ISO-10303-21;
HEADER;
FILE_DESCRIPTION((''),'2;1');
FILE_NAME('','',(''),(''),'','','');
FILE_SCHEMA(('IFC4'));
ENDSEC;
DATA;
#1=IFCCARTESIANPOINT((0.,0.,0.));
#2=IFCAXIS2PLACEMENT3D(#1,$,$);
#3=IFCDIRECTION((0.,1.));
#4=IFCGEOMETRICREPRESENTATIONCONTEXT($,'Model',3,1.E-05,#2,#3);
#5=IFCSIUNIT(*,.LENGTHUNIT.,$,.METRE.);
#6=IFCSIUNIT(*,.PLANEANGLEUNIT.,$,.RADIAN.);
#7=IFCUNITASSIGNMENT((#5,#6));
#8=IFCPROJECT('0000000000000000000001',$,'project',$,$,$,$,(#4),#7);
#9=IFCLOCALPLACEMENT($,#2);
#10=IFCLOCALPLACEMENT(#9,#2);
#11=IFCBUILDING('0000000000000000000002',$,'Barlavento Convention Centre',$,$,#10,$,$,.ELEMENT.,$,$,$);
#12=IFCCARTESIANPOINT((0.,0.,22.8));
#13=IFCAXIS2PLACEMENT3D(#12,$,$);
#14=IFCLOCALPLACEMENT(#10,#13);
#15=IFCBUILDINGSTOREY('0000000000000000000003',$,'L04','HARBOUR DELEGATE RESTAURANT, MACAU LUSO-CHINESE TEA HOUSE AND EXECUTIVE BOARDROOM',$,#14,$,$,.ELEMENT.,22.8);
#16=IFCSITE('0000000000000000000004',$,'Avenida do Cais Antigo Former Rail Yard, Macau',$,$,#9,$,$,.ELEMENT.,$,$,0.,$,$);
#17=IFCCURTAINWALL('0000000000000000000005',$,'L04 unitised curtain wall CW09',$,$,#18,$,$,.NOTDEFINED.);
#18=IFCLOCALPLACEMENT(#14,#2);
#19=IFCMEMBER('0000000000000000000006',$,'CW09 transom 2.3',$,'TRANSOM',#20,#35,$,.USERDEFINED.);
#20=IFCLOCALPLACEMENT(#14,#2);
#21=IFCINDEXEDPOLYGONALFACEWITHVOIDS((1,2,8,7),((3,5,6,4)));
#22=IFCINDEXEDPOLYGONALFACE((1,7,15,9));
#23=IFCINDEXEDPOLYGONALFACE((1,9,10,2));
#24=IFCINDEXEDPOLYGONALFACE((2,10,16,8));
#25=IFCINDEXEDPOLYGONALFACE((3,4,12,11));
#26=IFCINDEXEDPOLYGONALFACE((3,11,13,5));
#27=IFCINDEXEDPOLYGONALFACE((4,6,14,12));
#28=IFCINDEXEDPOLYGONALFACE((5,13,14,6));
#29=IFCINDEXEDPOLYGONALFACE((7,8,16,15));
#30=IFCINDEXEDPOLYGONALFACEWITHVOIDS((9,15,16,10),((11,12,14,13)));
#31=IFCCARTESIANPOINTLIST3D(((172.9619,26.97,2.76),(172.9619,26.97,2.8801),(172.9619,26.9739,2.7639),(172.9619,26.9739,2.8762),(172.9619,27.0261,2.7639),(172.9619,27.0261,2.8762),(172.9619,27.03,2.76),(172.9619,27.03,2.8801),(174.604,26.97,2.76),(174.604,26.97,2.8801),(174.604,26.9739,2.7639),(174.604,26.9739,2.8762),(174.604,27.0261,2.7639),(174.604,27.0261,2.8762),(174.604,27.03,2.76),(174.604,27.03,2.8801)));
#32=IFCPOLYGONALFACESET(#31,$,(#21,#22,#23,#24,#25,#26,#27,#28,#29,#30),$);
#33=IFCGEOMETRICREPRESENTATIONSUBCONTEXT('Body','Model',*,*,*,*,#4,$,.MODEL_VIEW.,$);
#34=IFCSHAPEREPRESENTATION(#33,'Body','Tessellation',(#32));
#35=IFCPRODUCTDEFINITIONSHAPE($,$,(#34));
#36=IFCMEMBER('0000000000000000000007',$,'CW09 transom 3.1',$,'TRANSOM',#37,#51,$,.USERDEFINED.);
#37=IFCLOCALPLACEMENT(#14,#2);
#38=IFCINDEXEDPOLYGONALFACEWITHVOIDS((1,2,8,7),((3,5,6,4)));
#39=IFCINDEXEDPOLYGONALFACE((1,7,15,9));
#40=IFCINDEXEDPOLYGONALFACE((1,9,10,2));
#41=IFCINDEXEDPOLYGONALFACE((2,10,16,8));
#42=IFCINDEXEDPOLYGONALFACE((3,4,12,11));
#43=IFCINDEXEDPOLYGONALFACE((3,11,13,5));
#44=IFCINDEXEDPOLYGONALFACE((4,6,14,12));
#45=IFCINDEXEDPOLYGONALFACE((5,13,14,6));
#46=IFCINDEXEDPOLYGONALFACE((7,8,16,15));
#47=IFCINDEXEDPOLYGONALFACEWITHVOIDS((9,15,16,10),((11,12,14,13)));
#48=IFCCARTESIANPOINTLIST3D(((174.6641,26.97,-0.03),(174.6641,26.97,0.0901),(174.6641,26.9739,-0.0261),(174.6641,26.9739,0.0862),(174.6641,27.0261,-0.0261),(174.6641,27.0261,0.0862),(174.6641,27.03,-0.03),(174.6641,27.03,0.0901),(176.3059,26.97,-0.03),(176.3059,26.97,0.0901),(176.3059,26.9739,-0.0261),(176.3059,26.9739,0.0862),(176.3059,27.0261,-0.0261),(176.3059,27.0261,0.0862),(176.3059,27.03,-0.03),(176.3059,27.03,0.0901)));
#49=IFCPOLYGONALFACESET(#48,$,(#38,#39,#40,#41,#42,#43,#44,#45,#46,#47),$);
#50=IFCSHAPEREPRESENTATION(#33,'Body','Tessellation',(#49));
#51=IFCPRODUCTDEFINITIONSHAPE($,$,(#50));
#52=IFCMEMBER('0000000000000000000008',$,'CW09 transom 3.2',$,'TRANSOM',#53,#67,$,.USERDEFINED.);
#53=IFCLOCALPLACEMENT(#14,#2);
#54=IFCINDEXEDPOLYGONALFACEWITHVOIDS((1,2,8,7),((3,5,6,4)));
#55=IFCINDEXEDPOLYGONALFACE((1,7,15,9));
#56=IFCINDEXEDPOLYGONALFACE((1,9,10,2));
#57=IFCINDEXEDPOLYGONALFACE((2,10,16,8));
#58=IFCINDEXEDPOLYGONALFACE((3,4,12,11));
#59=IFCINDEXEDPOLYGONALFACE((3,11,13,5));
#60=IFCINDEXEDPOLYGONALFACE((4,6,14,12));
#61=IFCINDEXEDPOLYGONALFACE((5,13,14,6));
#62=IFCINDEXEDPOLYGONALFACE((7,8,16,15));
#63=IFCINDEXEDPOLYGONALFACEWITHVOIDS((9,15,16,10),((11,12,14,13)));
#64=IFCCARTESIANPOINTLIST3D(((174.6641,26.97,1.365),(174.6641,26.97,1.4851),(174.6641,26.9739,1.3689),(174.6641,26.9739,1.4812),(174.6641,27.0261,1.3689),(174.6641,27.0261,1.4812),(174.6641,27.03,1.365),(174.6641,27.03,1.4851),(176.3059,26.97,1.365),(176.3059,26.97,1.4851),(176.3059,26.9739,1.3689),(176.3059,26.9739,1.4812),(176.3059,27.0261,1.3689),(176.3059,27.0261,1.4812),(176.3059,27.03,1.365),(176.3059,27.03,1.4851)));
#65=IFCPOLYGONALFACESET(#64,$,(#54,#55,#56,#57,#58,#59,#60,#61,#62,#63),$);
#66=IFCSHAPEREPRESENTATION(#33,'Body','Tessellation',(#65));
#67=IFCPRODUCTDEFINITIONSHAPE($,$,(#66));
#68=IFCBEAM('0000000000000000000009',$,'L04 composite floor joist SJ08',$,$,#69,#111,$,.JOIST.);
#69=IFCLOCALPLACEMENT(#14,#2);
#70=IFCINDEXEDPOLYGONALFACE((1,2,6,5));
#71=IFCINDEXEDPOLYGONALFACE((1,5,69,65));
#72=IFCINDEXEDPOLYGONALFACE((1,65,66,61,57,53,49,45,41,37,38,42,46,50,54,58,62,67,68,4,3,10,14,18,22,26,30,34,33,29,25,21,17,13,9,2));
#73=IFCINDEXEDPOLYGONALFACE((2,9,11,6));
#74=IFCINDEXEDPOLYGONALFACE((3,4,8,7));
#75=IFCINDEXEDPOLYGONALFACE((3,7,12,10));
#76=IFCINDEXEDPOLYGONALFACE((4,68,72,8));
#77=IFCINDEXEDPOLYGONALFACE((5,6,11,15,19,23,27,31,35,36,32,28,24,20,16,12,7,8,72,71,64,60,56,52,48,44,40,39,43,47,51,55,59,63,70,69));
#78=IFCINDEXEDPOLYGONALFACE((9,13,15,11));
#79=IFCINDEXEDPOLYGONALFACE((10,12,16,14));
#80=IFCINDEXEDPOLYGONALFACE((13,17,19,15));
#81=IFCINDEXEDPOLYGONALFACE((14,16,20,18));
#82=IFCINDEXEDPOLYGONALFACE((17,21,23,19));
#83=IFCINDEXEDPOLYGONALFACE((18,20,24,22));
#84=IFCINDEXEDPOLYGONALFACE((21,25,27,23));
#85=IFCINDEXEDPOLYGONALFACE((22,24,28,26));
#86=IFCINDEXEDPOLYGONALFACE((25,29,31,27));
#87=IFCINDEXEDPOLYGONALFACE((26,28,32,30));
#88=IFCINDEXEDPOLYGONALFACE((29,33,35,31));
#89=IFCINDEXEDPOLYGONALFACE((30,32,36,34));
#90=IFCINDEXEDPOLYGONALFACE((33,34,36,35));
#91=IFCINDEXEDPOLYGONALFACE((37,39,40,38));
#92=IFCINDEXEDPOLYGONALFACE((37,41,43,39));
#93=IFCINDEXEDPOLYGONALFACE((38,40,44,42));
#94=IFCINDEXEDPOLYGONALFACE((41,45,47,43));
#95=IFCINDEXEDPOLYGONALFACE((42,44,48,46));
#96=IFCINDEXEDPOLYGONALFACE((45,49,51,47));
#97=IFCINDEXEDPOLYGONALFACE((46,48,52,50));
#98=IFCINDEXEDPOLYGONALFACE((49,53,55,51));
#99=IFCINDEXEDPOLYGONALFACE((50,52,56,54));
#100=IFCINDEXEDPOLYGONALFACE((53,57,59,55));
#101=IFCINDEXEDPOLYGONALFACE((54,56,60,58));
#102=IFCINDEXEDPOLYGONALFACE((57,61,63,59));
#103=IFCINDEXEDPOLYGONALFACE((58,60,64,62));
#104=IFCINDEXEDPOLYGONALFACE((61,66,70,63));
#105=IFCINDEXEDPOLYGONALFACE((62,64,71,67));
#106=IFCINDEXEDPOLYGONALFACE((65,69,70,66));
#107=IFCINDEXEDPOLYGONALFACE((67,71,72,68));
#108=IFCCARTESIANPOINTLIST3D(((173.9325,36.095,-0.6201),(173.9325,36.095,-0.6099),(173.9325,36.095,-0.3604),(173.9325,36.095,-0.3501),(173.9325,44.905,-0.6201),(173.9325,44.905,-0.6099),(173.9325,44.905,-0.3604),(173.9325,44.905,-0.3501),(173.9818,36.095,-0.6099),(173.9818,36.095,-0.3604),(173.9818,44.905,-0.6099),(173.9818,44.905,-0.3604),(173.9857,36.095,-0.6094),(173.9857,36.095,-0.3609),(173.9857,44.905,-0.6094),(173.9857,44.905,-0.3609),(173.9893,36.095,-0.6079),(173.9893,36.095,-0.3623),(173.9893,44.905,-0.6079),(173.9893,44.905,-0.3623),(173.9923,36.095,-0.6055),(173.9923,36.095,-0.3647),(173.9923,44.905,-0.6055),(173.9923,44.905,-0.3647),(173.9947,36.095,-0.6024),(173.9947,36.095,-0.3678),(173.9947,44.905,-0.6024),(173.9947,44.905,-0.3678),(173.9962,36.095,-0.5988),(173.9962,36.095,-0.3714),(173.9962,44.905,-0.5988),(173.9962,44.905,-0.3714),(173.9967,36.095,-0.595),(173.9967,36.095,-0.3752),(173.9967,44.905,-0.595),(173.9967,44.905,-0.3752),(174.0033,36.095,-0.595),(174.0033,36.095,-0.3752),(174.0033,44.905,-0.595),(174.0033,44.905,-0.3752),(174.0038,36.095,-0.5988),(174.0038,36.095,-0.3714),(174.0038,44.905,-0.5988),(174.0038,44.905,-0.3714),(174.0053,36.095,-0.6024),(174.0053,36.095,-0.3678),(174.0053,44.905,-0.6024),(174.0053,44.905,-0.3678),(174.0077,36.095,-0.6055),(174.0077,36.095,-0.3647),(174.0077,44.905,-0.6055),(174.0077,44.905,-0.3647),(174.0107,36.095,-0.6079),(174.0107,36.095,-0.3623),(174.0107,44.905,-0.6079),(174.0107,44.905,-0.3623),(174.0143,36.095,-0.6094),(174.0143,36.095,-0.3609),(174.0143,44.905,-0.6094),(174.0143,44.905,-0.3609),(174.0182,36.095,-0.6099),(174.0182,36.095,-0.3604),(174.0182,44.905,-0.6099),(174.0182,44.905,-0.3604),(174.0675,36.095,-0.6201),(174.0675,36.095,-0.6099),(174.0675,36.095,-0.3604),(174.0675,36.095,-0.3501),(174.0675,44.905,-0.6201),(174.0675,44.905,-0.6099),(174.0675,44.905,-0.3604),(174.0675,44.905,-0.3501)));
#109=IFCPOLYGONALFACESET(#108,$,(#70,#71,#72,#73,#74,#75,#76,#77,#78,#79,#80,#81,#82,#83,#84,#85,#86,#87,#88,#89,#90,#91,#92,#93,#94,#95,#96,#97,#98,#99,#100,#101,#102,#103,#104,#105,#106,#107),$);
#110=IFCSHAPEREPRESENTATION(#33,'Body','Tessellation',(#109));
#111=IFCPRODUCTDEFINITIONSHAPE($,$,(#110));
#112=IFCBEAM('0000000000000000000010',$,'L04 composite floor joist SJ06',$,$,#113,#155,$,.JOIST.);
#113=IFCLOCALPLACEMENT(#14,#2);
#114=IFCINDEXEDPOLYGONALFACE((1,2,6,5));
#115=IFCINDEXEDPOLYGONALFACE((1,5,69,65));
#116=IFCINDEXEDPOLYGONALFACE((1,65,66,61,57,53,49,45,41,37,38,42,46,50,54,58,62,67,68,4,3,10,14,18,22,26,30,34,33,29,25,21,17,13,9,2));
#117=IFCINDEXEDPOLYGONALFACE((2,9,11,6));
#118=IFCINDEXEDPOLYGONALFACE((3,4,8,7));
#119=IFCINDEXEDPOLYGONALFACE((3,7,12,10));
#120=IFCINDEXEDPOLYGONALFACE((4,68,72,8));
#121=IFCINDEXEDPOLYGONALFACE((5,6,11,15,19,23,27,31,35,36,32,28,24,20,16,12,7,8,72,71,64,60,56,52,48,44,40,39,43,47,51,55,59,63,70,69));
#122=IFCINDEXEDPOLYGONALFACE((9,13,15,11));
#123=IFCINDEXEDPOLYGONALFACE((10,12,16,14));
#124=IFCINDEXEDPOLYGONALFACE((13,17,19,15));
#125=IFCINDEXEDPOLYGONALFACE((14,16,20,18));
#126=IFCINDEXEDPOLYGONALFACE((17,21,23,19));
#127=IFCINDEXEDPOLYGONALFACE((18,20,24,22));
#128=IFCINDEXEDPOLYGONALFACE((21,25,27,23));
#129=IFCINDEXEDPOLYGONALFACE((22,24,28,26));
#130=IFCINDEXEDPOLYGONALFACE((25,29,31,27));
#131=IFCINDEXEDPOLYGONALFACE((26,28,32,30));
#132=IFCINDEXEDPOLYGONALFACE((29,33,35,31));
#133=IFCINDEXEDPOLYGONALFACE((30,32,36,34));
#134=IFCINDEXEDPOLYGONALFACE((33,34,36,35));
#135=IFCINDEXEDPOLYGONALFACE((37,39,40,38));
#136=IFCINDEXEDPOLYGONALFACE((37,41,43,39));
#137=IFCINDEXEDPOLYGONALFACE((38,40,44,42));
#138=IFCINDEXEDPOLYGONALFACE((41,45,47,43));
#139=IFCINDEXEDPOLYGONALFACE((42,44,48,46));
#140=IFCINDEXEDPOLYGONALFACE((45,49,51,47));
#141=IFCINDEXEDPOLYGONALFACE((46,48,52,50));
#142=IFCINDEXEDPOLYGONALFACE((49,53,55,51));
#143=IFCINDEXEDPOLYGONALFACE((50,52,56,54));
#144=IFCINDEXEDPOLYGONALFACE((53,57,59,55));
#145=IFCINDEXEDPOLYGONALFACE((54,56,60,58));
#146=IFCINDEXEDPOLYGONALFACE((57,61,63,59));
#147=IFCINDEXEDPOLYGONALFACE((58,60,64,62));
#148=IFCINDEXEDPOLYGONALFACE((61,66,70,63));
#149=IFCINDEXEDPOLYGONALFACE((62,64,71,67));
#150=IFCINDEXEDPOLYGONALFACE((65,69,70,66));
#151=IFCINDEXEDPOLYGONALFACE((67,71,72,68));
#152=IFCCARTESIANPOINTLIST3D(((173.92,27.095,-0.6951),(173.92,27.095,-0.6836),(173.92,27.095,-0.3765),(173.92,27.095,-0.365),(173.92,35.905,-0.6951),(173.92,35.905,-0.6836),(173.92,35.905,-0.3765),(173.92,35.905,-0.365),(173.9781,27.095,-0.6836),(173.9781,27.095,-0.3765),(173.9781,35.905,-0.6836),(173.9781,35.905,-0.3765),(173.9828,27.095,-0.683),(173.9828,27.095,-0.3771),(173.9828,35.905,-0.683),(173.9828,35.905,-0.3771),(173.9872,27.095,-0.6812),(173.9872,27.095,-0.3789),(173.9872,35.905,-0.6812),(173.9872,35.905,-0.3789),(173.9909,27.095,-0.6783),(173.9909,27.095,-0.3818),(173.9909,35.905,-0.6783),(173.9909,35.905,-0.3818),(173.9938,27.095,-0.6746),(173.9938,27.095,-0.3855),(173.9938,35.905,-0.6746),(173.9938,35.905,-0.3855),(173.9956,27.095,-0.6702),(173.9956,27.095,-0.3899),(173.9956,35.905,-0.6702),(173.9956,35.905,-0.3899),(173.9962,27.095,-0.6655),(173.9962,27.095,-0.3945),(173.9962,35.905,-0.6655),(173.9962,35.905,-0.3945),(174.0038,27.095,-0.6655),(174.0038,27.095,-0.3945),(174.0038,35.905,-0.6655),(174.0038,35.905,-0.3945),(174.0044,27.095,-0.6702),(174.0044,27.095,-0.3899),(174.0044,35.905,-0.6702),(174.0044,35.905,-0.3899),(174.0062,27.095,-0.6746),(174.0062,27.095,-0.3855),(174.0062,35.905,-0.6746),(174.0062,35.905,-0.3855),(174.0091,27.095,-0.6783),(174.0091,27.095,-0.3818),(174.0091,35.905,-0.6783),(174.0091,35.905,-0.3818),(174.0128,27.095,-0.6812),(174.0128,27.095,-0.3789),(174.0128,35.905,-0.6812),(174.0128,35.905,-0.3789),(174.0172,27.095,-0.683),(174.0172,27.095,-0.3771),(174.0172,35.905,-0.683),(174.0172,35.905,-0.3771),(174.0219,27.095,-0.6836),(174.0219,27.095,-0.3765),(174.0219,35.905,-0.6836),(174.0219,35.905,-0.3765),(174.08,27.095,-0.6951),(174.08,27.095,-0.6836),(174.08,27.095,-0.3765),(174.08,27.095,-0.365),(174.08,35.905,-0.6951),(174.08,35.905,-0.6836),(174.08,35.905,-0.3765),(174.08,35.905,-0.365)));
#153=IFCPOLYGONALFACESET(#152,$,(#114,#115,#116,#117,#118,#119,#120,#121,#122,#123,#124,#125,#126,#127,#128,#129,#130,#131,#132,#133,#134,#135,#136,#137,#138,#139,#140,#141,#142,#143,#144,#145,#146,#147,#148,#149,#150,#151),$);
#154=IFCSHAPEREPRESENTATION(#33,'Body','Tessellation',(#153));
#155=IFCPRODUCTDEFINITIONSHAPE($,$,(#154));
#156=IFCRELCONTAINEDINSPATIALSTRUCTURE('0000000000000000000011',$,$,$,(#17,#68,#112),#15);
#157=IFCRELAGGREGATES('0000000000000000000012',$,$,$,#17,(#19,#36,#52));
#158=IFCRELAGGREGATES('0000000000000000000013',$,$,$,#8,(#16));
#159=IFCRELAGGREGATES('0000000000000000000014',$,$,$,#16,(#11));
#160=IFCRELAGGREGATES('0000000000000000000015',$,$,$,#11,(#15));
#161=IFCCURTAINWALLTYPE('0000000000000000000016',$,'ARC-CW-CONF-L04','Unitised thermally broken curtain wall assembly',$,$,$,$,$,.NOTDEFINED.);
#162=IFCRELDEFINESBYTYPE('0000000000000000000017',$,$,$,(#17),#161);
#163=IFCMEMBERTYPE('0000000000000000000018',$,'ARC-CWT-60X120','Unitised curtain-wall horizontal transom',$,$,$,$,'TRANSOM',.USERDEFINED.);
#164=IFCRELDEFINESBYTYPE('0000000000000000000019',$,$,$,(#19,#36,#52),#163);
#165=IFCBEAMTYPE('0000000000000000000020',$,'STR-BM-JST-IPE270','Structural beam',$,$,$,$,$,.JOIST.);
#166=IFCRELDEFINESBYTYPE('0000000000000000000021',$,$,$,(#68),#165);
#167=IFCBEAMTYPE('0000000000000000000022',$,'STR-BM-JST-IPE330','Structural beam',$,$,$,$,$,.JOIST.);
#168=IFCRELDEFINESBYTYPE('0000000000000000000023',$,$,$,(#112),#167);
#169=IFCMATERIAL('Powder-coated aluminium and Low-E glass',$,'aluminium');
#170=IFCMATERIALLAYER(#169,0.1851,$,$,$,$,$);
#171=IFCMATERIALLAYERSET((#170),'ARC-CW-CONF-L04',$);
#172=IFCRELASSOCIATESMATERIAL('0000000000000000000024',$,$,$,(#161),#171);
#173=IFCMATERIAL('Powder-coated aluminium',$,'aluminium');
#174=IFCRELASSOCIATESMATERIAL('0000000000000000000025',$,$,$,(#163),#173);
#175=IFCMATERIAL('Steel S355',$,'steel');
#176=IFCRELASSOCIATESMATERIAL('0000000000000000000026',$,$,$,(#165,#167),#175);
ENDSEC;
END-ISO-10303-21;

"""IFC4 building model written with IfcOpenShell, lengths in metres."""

from ifc_helpers import new_model, si_unit, direction, frame, origin, origin_2d, place, context, subcontext, project, spatial, hollow_rectangle, i_section, extrude, material, layer, layer_set, material_profile, profile_set, type_object, element, aggregate, save


model = new_model("IFC4")

# Units and contexts
model_context = context("Model", 3, precision=1e-05, world=origin(), true_north=direction((0.0, 1.0)))
body_context = subcontext(model_context, "Body", "Model", "MODEL_VIEW")
ifc_project = project(units=[si_unit("LENGTHUNIT", "METRE"), si_unit("PLANEANGLEUNIT", "RADIAN")], contexts=[model_context])

# Site, building, storey
site_placement = place(None, origin())
site = spatial("IfcSite", under=ifc_project, at=site_placement, Name="Avenida do Cais Antigo Former Rail Yard, Macau", CompositionType="ELEMENT", RefElevation=0.0)
building_placement = place(site_placement, origin())
building = spatial("IfcBuilding", under=site, at=building_placement, Name="Barlavento Convention Centre", CompositionType="ELEMENT")
storey_placement = place(building_placement, frame((0.0, 0.0, 22.8)))
storey = spatial("IfcBuildingStorey", under=building, at=storey_placement, Name="L04", Description="HARBOUR DELEGATE RESTAURANT, MACAU LUSO-CHINESE TEA HOUSE AND EXECUTIVE BOARDROOM", CompositionType="ELEMENT", Elevation=22.8)

# Shared definitions
ifc_material_1 = material(Name="Steel S355", Category="steel")

# Curtain wall, members
ifc_material_2 = material(Name="Powder-coated aluminium and Low-E glass", Category="aluminium")
ifc_layer_1 = layer(ifc_material_2, 0.1851)
ifc_layer_set_1 = layer_set([ifc_layer_1], Name="ARC-CW-CONF-L04")
curtain_wall_type = type_object("IfcCurtainWallType", Name="ARC-CW-CONF-L04", Description="Unitised thermally broken curtain wall assembly", PredefinedType="NOTDEFINED", material=ifc_layer_set_1)
curtain_wall_placement = place(storey_placement, origin())
curtain_wall = element("IfcCurtainWall", 1, at=curtain_wall_placement, inside=storey, type_object=curtain_wall_type, Name="L04 unitised curtain wall CW09", PredefinedType="NOTDEFINED")
ifc_material_3 = material(Name="Powder-coated aluminium", Category="aluminium")
ifc_material_profile_1 = material_profile(ifc_material_3, hollow_rectangle(XDim=0.0601, YDim=0.1201, WallThickness=0.0039, at=origin_2d()), Name="AL-TRAN 60x120x4")
ifc_profile_set_1 = profile_set([ifc_material_profile_1], Name="Powder-coated aluminium")
member_type_1 = type_object("IfcMemberType", Name="ARC-CWT-60X120", Description="Unitised curtain-wall horizontal transom", ElementType="TRANSOM", PredefinedType="USERDEFINED", material=ifc_profile_set_1)
member_1_placement = place(storey_placement, frame((172.9619, 27.0, 2.8201), z_axis=(1.0, 0.0, 0.0), x_axis=(0.0, 1.0, 0.0)))
member_1 = element("IfcMember", 2, at=member_1_placement, type_object=member_type_1, Name="CW09 transom 2.3", ObjectType="TRANSOM", PredefinedType="USERDEFINED", context=body_context, shape_type="SweptSolid", body=[
    extrude(hollow_rectangle(XDim=0.0601, YDim=0.1201, WallThickness=0.0039, at=origin_2d()), origin(), (0.0, 0.0, 1.0), 1.6421),
])
member_2_placement = place(storey_placement, frame((174.6641, 27.0, 0.03), z_axis=(1.0, 0.0, 0.0), x_axis=(0.0, 1.0, 0.0)))
member_2 = element("IfcMember", 3, at=member_2_placement, type_object=member_type_1, Name="CW09 transom 3.1", ObjectType="TRANSOM", PredefinedType="USERDEFINED", context=body_context, shape_type="SweptSolid", body=[
    extrude(hollow_rectangle(XDim=0.0601, YDim=0.1201, WallThickness=0.0039, at=origin_2d()), origin(), (0.0, 0.0, 1.0), 1.6418),
])
member_3_placement = place(storey_placement, frame((174.6641, 27.0, 1.425), z_axis=(1.0, 0.0, 0.0), x_axis=(0.0, 1.0, 0.0)))
member_3 = element("IfcMember", 4, at=member_3_placement, type_object=member_type_1, Name="CW09 transom 3.2", ObjectType="TRANSOM", PredefinedType="USERDEFINED", context=body_context, shape_type="SweptSolid", body=[
    extrude(hollow_rectangle(XDim=0.0601, YDim=0.1201, WallThickness=0.0039, at=origin_2d()), origin(), (0.0, 0.0, 1.0), 1.6418),
])

# Beams
ifc_material_profile_2 = material_profile(ifc_material_1, i_section(OverallWidth=0.135, OverallDepth=0.27, WebThickness=0.0066, FlangeThickness=0.0103, FilletRadius=0.0149, at=origin_2d()), Name="IPE 270")
ifc_profile_set_2 = profile_set([ifc_material_profile_2], Name="Steel S355")
beam_type_1 = type_object("IfcBeamType", Name="STR-BM-JST-IPE270", Description="Structural beam", PredefinedType="JOIST", material=ifc_profile_set_2)
beam_1_placement = place(storey_placement, frame((174.0, 36.095, -0.4851), z_axis=(0.0, 1.0, 0.0), x_axis=(-1.0, 0.0, 0.0)))
element("IfcBeam", 5, at=beam_1_placement, inside=storey, type_object=beam_type_1, Name="L04 composite floor joist SJ08", PredefinedType="JOIST", context=body_context, shape_type="SweptSolid", body=[
    extrude(i_section(OverallWidth=0.135, OverallDepth=0.27, WebThickness=0.0066, FlangeThickness=0.0103, FilletRadius=0.0149, at=origin_2d()), origin(), (0.0, 0.0, 1.0), 8.8101),
])
ifc_material_profile_3 = material_profile(ifc_material_1, i_section(OverallWidth=0.1599, OverallDepth=0.3301, WebThickness=0.0076, FlangeThickness=0.0115, FilletRadius=0.0181, at=origin_2d()), Name="IPE 330")
ifc_profile_set_3 = profile_set([ifc_material_profile_3], Name="Steel S355")
beam_type_2 = type_object("IfcBeamType", Name="STR-BM-JST-IPE330", Description="Structural beam", PredefinedType="JOIST", material=ifc_profile_set_3)
beam_2_placement = place(storey_placement, frame((174.0, 27.095, -0.53), z_axis=(0.0, 1.0, 0.0), x_axis=(-1.0, 0.0, 0.0)))
element("IfcBeam", 6, at=beam_2_placement, inside=storey, type_object=beam_type_2, Name="L04 composite floor joist SJ06", PredefinedType="JOIST", context=body_context, shape_type="SweptSolid", body=[
    extrude(i_section(OverallWidth=0.1599, OverallDepth=0.3301, WebThickness=0.0076, FlangeThickness=0.0115, FilletRadius=0.0181, at=origin_2d()), origin(), (0.0, 0.0, 1.0), 8.8101),
])

aggregate(curtain_wall, [member_1, member_2, member_3])

save(model, "model.ifc")
